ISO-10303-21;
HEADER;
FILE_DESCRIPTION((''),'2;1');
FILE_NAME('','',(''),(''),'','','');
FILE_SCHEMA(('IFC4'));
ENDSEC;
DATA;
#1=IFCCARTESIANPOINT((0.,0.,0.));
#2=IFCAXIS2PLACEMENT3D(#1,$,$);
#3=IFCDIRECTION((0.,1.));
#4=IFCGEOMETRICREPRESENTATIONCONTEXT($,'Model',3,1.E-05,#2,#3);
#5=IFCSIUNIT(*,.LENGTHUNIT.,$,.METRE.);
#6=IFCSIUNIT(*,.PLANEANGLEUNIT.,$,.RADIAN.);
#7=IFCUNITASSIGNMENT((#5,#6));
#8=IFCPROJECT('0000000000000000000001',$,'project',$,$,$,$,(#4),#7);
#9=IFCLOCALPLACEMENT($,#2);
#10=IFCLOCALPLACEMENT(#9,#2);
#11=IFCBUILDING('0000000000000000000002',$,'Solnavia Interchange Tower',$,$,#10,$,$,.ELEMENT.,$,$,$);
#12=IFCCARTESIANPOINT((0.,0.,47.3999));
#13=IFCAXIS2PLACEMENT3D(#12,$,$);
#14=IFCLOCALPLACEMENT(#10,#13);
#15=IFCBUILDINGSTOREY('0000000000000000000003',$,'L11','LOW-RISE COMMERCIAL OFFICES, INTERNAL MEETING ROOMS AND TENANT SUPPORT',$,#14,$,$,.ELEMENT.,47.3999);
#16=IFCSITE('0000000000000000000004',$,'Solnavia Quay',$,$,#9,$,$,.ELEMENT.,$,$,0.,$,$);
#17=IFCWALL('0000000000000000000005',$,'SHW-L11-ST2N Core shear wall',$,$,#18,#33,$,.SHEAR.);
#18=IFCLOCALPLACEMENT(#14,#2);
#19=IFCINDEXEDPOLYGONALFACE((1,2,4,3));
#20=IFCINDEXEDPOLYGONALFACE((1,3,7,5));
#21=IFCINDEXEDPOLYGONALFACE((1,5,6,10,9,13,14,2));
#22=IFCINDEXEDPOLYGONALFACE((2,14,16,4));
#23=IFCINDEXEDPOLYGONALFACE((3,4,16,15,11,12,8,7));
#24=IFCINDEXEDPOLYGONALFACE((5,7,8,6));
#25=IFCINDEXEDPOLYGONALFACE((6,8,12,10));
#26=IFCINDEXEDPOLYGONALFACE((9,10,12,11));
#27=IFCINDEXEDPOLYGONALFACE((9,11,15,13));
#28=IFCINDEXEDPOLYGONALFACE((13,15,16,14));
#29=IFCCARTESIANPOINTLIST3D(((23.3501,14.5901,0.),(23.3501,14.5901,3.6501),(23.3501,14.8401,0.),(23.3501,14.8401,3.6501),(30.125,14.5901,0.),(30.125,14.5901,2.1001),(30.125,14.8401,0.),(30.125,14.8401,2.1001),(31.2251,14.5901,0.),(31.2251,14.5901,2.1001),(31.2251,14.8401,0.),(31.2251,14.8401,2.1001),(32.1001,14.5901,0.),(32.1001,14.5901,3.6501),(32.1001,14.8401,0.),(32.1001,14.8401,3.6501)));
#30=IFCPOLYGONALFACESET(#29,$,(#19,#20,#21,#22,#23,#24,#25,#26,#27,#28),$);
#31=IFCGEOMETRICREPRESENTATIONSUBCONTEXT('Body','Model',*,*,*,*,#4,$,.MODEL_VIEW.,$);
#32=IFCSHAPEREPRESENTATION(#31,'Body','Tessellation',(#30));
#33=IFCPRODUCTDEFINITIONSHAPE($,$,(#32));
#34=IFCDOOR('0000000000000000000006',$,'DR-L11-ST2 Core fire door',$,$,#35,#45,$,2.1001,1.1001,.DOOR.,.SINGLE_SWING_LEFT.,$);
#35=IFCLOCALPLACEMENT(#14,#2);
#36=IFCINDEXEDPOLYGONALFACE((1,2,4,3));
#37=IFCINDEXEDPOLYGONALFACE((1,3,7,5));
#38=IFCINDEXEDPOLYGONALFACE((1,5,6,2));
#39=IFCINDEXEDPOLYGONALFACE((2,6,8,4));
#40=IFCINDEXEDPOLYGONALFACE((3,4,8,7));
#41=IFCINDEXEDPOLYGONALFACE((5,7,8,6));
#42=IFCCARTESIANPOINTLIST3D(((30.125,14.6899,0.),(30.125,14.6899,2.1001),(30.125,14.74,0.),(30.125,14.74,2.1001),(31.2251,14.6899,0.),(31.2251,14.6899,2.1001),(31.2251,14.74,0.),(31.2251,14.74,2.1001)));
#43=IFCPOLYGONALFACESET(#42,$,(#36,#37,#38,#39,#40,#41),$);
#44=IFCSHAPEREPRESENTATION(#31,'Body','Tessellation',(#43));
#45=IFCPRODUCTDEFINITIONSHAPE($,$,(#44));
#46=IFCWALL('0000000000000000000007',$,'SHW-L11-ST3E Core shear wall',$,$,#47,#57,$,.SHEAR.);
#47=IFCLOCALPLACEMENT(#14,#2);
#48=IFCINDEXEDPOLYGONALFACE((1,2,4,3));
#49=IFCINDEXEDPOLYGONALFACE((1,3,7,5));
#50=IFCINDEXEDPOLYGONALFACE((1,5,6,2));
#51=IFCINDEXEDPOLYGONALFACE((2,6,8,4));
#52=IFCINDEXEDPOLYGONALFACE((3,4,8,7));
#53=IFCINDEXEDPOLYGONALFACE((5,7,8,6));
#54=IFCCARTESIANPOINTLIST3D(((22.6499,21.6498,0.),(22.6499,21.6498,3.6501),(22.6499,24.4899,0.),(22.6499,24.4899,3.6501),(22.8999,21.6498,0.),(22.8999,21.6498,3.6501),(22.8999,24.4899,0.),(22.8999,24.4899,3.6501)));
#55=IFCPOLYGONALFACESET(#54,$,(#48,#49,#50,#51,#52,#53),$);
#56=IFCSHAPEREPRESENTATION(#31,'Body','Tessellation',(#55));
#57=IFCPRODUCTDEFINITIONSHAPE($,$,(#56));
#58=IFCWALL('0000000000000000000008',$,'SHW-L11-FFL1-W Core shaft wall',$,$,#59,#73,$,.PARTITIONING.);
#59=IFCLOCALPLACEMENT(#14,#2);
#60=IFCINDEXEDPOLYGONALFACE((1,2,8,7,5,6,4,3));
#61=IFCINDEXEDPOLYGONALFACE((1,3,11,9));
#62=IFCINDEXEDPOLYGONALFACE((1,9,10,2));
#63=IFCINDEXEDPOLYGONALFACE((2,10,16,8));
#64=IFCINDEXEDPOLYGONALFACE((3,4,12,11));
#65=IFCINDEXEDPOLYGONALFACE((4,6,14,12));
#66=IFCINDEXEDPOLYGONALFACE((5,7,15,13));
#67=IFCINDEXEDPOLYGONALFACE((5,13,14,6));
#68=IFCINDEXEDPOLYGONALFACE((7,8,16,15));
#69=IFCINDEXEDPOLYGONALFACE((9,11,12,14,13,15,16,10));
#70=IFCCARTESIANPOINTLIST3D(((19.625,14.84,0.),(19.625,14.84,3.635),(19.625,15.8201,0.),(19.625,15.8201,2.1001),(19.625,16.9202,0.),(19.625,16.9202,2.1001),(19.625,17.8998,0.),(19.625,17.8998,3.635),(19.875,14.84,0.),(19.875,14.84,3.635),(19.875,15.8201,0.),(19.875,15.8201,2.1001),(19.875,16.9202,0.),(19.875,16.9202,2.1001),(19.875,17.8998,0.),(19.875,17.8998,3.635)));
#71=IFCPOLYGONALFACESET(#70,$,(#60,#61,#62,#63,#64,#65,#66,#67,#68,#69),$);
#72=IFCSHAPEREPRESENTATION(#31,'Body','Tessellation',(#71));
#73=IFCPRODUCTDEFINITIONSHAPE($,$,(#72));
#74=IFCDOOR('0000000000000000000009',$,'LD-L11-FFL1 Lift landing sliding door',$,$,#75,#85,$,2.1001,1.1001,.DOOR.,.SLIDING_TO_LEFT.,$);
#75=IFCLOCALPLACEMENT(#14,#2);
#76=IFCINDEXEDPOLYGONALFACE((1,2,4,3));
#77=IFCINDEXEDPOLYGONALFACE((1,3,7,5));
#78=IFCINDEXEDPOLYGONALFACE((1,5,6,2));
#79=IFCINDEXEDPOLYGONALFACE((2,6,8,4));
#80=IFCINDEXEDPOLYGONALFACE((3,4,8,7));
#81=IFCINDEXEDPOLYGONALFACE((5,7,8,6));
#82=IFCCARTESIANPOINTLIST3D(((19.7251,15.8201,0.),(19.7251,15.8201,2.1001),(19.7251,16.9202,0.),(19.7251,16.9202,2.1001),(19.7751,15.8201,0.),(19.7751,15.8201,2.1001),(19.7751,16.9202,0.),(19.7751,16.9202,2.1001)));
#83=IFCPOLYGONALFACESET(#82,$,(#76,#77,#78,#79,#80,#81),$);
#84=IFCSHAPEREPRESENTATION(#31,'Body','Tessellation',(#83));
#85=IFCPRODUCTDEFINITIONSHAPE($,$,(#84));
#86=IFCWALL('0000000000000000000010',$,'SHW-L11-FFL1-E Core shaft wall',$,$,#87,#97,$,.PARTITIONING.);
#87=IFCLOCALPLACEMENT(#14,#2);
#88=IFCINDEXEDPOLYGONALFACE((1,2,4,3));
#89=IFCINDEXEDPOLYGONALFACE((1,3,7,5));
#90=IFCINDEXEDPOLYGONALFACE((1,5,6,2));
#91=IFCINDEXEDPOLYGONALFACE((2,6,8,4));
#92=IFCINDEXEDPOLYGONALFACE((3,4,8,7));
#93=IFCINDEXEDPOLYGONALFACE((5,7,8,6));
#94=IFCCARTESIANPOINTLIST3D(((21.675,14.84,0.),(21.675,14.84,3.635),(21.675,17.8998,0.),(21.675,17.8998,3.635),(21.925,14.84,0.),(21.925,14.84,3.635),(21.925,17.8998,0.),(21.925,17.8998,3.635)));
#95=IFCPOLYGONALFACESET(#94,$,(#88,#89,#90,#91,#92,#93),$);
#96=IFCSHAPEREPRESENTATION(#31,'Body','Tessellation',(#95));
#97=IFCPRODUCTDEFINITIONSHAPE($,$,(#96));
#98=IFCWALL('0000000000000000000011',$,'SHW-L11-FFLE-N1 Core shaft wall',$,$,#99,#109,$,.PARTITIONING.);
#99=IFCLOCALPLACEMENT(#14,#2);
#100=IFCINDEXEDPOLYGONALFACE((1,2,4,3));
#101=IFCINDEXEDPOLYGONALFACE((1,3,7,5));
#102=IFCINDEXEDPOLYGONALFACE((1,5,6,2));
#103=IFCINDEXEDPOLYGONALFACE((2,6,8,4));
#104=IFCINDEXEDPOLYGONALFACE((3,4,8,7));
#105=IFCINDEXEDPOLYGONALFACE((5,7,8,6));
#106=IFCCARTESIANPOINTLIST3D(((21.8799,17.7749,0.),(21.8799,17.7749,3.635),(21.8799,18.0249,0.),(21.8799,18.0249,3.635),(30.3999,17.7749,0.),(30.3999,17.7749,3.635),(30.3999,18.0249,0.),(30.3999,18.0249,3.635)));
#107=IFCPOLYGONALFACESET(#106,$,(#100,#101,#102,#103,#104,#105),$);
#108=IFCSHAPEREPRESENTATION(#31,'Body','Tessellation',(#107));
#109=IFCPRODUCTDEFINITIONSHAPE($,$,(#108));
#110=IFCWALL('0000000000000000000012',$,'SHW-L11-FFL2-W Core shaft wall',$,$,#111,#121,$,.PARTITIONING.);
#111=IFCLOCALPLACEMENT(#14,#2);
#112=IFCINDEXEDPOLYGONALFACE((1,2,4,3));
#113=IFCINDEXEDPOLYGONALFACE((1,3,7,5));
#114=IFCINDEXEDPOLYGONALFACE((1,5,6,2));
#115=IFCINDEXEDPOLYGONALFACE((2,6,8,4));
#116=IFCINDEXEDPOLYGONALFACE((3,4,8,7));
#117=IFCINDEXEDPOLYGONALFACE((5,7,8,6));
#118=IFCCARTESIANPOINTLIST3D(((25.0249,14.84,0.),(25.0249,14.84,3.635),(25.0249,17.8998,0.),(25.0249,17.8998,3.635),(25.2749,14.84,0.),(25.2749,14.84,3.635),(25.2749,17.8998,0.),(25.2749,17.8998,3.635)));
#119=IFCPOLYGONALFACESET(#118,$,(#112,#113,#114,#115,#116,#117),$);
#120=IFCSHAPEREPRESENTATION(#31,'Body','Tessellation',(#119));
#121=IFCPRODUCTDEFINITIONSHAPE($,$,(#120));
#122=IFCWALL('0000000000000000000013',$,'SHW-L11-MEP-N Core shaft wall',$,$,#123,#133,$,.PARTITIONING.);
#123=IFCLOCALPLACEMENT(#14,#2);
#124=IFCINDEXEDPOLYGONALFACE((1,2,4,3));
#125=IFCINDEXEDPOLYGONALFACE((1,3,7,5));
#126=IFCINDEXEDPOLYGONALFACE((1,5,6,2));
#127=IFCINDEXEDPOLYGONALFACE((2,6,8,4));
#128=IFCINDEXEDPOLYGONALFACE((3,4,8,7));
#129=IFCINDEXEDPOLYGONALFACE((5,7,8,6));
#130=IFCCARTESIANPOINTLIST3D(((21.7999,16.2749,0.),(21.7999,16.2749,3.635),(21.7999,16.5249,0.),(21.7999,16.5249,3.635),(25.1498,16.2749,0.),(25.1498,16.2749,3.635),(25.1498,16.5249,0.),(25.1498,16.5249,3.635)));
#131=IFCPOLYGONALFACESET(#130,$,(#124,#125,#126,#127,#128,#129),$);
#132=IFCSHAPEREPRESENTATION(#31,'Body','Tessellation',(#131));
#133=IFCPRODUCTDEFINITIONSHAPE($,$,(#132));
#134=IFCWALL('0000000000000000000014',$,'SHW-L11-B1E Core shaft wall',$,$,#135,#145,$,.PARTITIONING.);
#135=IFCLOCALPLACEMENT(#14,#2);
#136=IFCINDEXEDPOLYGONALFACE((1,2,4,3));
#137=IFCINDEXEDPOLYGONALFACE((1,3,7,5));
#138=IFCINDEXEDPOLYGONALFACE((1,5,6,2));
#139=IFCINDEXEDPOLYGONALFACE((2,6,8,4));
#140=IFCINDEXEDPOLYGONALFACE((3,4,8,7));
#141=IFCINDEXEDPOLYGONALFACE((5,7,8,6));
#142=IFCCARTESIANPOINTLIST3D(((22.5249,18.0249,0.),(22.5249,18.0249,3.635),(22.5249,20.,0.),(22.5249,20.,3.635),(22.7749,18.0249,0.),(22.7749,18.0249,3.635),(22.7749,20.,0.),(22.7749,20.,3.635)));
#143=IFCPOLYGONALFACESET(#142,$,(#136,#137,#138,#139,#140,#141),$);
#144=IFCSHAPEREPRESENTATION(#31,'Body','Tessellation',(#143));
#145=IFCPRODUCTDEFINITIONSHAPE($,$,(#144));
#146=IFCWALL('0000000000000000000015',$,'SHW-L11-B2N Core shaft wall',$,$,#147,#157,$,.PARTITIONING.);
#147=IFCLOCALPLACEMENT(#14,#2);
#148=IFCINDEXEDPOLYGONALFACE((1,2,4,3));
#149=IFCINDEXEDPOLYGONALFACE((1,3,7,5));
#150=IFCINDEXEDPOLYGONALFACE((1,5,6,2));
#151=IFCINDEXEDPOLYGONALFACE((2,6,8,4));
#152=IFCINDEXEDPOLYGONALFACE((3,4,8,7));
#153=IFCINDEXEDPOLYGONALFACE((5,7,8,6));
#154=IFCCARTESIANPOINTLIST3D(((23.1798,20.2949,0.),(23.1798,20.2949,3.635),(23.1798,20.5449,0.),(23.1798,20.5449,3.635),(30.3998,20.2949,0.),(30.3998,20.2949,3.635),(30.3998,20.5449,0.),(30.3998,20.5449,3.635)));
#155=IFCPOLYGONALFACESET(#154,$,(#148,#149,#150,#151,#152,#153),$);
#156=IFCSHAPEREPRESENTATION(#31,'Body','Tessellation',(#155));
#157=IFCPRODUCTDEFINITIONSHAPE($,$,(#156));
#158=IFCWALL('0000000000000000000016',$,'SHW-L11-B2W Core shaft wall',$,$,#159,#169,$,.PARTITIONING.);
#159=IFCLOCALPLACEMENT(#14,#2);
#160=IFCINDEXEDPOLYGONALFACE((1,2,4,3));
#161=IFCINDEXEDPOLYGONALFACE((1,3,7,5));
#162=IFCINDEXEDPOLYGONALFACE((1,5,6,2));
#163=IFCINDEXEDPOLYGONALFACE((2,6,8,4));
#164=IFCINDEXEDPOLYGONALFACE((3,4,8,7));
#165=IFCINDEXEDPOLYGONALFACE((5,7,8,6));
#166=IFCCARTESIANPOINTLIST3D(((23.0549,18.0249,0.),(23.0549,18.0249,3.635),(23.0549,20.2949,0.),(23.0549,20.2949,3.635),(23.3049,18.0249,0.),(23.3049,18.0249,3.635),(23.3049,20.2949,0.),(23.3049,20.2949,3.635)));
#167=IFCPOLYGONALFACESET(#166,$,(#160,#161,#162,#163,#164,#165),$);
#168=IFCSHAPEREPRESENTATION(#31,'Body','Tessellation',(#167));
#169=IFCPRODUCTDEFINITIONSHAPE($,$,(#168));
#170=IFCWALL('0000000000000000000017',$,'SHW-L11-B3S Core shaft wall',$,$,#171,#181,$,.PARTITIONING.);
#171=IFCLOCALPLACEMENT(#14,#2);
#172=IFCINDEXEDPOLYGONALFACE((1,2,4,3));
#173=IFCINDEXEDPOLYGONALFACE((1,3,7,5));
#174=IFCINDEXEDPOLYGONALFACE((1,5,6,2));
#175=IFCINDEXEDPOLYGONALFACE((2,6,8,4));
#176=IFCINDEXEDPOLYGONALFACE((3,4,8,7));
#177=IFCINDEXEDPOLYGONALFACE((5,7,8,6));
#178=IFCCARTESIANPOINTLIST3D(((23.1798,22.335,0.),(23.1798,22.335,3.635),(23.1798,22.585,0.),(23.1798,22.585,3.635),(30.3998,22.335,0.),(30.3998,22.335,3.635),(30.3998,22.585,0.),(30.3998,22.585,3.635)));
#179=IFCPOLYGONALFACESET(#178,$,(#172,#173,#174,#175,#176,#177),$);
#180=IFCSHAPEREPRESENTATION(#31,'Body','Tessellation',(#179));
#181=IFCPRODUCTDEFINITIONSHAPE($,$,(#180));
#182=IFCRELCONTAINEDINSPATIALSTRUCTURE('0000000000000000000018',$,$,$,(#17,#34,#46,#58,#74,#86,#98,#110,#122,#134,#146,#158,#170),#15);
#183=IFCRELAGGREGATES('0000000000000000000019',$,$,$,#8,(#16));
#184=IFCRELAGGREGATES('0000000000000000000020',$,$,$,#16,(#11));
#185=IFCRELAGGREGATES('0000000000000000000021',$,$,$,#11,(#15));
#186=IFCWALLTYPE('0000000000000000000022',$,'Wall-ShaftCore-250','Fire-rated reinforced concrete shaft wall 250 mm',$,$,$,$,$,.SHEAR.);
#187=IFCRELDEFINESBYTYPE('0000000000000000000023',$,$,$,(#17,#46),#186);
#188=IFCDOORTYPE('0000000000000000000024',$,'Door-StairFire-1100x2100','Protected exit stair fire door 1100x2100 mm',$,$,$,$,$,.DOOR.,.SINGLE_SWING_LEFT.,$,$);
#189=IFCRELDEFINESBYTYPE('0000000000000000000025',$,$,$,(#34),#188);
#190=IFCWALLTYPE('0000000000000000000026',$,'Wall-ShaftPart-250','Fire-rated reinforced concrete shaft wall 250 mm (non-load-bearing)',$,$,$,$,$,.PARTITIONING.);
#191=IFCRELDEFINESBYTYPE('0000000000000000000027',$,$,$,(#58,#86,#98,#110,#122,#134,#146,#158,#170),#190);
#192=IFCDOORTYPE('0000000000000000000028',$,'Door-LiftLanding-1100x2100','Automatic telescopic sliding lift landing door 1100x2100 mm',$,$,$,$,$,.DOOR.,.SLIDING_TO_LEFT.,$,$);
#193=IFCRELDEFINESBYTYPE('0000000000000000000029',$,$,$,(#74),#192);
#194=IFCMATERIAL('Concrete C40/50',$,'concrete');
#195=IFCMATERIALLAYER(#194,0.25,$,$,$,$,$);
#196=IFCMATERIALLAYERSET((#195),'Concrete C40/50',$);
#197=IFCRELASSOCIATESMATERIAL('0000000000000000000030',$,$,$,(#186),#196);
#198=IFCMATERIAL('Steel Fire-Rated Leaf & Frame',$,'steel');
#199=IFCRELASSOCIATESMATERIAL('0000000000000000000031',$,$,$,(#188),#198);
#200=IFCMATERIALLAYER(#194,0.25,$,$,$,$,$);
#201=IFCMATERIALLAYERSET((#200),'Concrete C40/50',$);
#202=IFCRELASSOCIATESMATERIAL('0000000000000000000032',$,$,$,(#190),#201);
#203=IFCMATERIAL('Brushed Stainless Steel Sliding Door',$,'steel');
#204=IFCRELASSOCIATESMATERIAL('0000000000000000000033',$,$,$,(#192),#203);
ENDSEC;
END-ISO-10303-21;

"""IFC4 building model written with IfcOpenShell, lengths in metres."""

from ifc_helpers import new_model, si_unit, direction, frame, frame_2d, origin, place, context, subcontext, project, spatial, rectangle, extrude, material, layer, layer_set, type_object, element, fill, save


model = new_model("IFC4")

# Units and contexts
model_context = context("Model", 3, precision=1e-05, world=origin(), true_north=direction((0.0, 1.0)))
body_context = subcontext(model_context, "Body", "Model", "MODEL_VIEW")
ifc_project = project(units=[si_unit("LENGTHUNIT", "METRE"), si_unit("PLANEANGLEUNIT", "RADIAN")], contexts=[model_context])

# Site, building, storey
site_placement = place(None, origin())
site = spatial("IfcSite", under=ifc_project, at=site_placement, Name="Solnavia Quay", CompositionType="ELEMENT", RefElevation=0.0)
building_placement = place(site_placement, origin())
building = spatial("IfcBuilding", under=site, at=building_placement, Name="Solnavia Interchange Tower", CompositionType="ELEMENT")
storey_placement = place(building_placement, frame((0.0, 0.0, 47.3999)))
storey = spatial("IfcBuildingStorey", under=building, at=storey_placement, Name="L11", Description="LOW-RISE COMMERCIAL OFFICES, INTERNAL MEETING ROOMS AND TENANT SUPPORT", CompositionType="ELEMENT", Elevation=47.3999)

# Wall, opening, door
ifc_material_1 = material(Name="Concrete C40/50", Category="concrete")
ifc_layer_1 = layer(ifc_material_1, 0.25)
ifc_layer_set_1 = layer_set([ifc_layer_1], Name="Concrete C40/50")
wall_type_1 = type_object("IfcWallType", Name="Wall-ShaftCore-250", Description="Fire-rated reinforced concrete shaft wall 250 mm", PredefinedType="SHEAR", material=ifc_layer_set_1)
wall_1_placement = place(storey_placement, frame((23.3501, 14.7151, 0.0), z_axis=(0.0, 0.0, 1.0), x_axis=(1.0, 0.0, 0.0)))
wall_1 = element("IfcWall", 1, at=wall_1_placement, inside=storey, type_object=wall_type_1, Name="SHW-L11-ST2N Core shear wall", PredefinedType="SHEAR", context=body_context, shape_type="SweptSolid", body=[
    extrude(rectangle(XDim=8.75, YDim=0.25, at=frame_2d((4.375, 0.0))), origin(), (0.0, 0.0, 1.0), 3.6501),
])
opening_1_placement = place(wall_1_placement, frame((6.7749, 0.0, 0.0)))
opening_1 = element("IfcOpeningElement", 2, at=opening_1_placement, cuts=wall_1, PredefinedType="OPENING", context=body_context, shape_type="SweptSolid", body=[
    extrude(rectangle(XDim=1.1001, YDim=2.1001, at=frame_2d((0.55, 1.05))), frame((0.0, 0.135, 0.0), z_axis=(0.0, -1.0, 0.0), x_axis=(1.0, 0.0, 0.0)), (0.0, 0.0, 1.0), 0.27),
])
ifc_material_2 = material(Name="Steel Fire-Rated Leaf & Frame", Category="steel")
door_type_1 = type_object("IfcDoorType", Name="Door-StairFire-1100x2100", Description="Protected exit stair fire door 1100x2100 mm", OperationType="SINGLE_SWING_LEFT", PredefinedType="DOOR", material=ifc_material_2)
door_1_placement = place(opening_1_placement, origin())
door_1 = element("IfcDoor", 3, at=door_1_placement, inside=storey, type_object=door_type_1, Name="DR-L11-ST2 Core fire door", OperationType="SINGLE_SWING_LEFT", OverallHeight=2.1001, OverallWidth=1.1001, PredefinedType="DOOR", context=body_context, shape_type="SweptSolid", body=[
    extrude(rectangle(XDim=1.1001, YDim=2.1001, at=frame_2d((0.55, 1.05))), frame((0.0, 0.0249, 0.0), z_axis=(0.0, -1.0, 0.0), x_axis=(1.0, 0.0, 0.0)), (0.0, 0.0, 1.0), 0.05),
])
fill(opening_1, door_1)

# Wall
wall_2_placement = place(storey_placement, frame((22.7749, 21.6499, 0.0), z_axis=(0.0, 0.0, 1.0), x_axis=(0.0, 1.0, 0.0)))
element("IfcWall", 4, at=wall_2_placement, inside=storey, type_object=wall_type_1, Name="SHW-L11-ST3E Core shear wall", PredefinedType="SHEAR", context=body_context, shape_type="SweptSolid", body=[
    extrude(rectangle(XDim=2.8401, YDim=0.25, at=frame_2d((1.4199, 0.0))), origin(), (0.0, 0.0, 1.0), 3.6501),
])

# Wall, opening, door
ifc_layer_2 = layer(ifc_material_1, 0.25)
ifc_layer_set_2 = layer_set([ifc_layer_2], Name="Concrete C40/50")
wall_type_2 = type_object("IfcWallType", Name="Wall-ShaftPart-250", Description="Fire-rated reinforced concrete shaft wall 250 mm (non-load-bearing)", PredefinedType="PARTITIONING", material=ifc_layer_set_2)
wall_3_placement = place(storey_placement, frame((19.75, 14.8401, 0.0), z_axis=(0.0, 0.0, 1.0), x_axis=(0.0, 1.0, 0.0)))
wall_3 = element("IfcWall", 5, at=wall_3_placement, inside=storey, type_object=wall_type_2, Name="SHW-L11-FFL1-W Core shaft wall", PredefinedType="PARTITIONING", context=body_context, shape_type="SweptSolid", body=[
    extrude(rectangle(XDim=3.0598, YDim=0.25, at=frame_2d((1.5298, 0.0))), origin(), (0.0, 0.0, 1.0), 3.635),
])
opening_2_placement = place(wall_3_placement, frame((0.98, 0.0, 0.0)))
opening_2 = element("IfcOpeningElement", 6, at=opening_2_placement, cuts=wall_3, PredefinedType="OPENING", context=body_context, shape_type="SweptSolid", body=[
    extrude(rectangle(XDim=1.1001, YDim=2.1001, at=frame_2d((0.55, 1.05))), frame((0.0, 0.135, 0.0), z_axis=(0.0, -1.0, 0.0), x_axis=(1.0, 0.0, 0.0)), (0.0, 0.0, 1.0), 0.27),
])
ifc_material_3 = material(Name="Brushed Stainless Steel Sliding Door", Category="steel")
door_type_2 = type_object("IfcDoorType", Name="Door-LiftLanding-1100x2100", Description="Automatic telescopic sliding lift landing door 1100x2100 mm", OperationType="SLIDING_TO_LEFT", PredefinedType="DOOR", material=ifc_material_3)
door_2_placement = place(opening_2_placement, origin())
door_2 = element("IfcDoor", 7, at=door_2_placement, inside=storey, type_object=door_type_2, Name="LD-L11-FFL1 Lift landing sliding door", OperationType="SLIDING_TO_LEFT", OverallHeight=2.1001, OverallWidth=1.1001, PredefinedType="DOOR", context=body_context, shape_type="SweptSolid", body=[
    extrude(rectangle(XDim=1.1001, YDim=2.1001, at=frame_2d((0.55, 1.05))), frame((0.0, 0.0249, 0.0), z_axis=(0.0, -1.0, 0.0), x_axis=(1.0, 0.0, 0.0)), (0.0, 0.0, 1.0), 0.05),
])
fill(opening_2, door_2)

# Walls
wall_4_placement = place(storey_placement, frame((21.8, 14.8401, 0.0), z_axis=(0.0, 0.0, 1.0), x_axis=(0.0, 1.0, 0.0)))
element("IfcWall", 8, at=wall_4_placement, inside=storey, type_object=wall_type_2, Name="SHW-L11-FFL1-E Core shaft wall", PredefinedType="PARTITIONING", context=body_context, shape_type="SweptSolid", body=[
    extrude(rectangle(XDim=3.0598, YDim=0.25, at=frame_2d((1.5298, 0.0))), origin(), (0.0, 0.0, 1.0), 3.635),
])
wall_5_placement = place(storey_placement, frame((21.8799, 17.8999, 0.0), z_axis=(0.0, 0.0, 1.0), x_axis=(1.0, 0.0, 0.0)))
element("IfcWall", 9, at=wall_5_placement, inside=storey, type_object=wall_type_2, Name="SHW-L11-FFLE-N1 Core shaft wall", PredefinedType="PARTITIONING", context=body_context, shape_type="SweptSolid", body=[
    extrude(rectangle(XDim=8.52, YDim=0.25, at=frame_2d((4.26, 0.0))), origin(), (0.0, 0.0, 1.0), 3.635),
])
wall_6_placement = place(storey_placement, frame((25.1499, 14.8401, 0.0), z_axis=(0.0, 0.0, 1.0), x_axis=(0.0, 1.0, 0.0)))
element("IfcWall", 10, at=wall_6_placement, inside=storey, type_object=wall_type_2, Name="SHW-L11-FFL2-W Core shaft wall", PredefinedType="PARTITIONING", context=body_context, shape_type="SweptSolid", body=[
    extrude(rectangle(XDim=3.0598, YDim=0.25, at=frame_2d((1.5298, 0.0))), origin(), (0.0, 0.0, 1.0), 3.635),
])
wall_7_placement = place(storey_placement, frame((21.8, 16.3999, 0.0), z_axis=(0.0, 0.0, 1.0), x_axis=(1.0, 0.0, 0.0)))
element("IfcWall", 11, at=wall_7_placement, inside=storey, type_object=wall_type_2, Name="SHW-L11-MEP-N Core shaft wall", PredefinedType="PARTITIONING", context=body_context, shape_type="SweptSolid", body=[
    extrude(rectangle(XDim=3.3499, YDim=0.25, at=frame_2d((1.6748, 0.0))), origin(), (0.0, 0.0, 1.0), 3.635),
])
wall_8_placement = place(storey_placement, frame((22.6499, 18.0249, 0.0), z_axis=(0.0, 0.0, 1.0), x_axis=(0.0, 1.0, 0.0)))
element("IfcWall", 12, at=wall_8_placement, inside=storey, type_object=wall_type_2, Name="SHW-L11-B1E Core shaft wall", PredefinedType="PARTITIONING", context=body_context, shape_type="SweptSolid", body=[
    extrude(rectangle(XDim=1.9751, YDim=0.25, at=frame_2d((0.9875, 0.0))), origin(), (0.0, 0.0, 1.0), 3.635),
])
wall_9_placement = place(storey_placement, frame((23.1799, 20.4199, 0.0), z_axis=(0.0, 0.0, 1.0), x_axis=(1.0, 0.0, 0.0)))
element("IfcWall", 13, at=wall_9_placement, inside=storey, type_object=wall_type_2, Name="SHW-L11-B2N Core shaft wall", PredefinedType="PARTITIONING", context=body_context, shape_type="SweptSolid", body=[
    extrude(rectangle(XDim=7.22, YDim=0.25, at=frame_2d((3.6099, 0.0))), origin(), (0.0, 0.0, 1.0), 3.635),
])
wall_10_placement = place(storey_placement, frame((23.1799, 18.0249, 0.0), z_axis=(0.0, 0.0, 1.0), x_axis=(0.0, 1.0, 0.0)))
element("IfcWall", 14, at=wall_10_placement, inside=storey, type_object=wall_type_2, Name="SHW-L11-B2W Core shaft wall", PredefinedType="PARTITIONING", context=body_context, shape_type="SweptSolid", body=[
    extrude(rectangle(XDim=2.27, YDim=0.25, at=frame_2d((1.135, 0.0))), origin(), (0.0, 0.0, 1.0), 3.635),
])
wall_11_placement = place(storey_placement, frame((23.1799, 22.46, 0.0), z_axis=(0.0, 0.0, 1.0), x_axis=(1.0, 0.0, 0.0)))
element("IfcWall", 15, at=wall_11_placement, inside=storey, type_object=wall_type_2, Name="SHW-L11-B3S Core shaft wall", PredefinedType="PARTITIONING", context=body_context, shape_type="SweptSolid", body=[
    extrude(rectangle(XDim=7.22, YDim=0.25, at=frame_2d((3.6099, 0.0))), origin(), (0.0, 0.0, 1.0), 3.635),
])

save(model, "model.ifc")
